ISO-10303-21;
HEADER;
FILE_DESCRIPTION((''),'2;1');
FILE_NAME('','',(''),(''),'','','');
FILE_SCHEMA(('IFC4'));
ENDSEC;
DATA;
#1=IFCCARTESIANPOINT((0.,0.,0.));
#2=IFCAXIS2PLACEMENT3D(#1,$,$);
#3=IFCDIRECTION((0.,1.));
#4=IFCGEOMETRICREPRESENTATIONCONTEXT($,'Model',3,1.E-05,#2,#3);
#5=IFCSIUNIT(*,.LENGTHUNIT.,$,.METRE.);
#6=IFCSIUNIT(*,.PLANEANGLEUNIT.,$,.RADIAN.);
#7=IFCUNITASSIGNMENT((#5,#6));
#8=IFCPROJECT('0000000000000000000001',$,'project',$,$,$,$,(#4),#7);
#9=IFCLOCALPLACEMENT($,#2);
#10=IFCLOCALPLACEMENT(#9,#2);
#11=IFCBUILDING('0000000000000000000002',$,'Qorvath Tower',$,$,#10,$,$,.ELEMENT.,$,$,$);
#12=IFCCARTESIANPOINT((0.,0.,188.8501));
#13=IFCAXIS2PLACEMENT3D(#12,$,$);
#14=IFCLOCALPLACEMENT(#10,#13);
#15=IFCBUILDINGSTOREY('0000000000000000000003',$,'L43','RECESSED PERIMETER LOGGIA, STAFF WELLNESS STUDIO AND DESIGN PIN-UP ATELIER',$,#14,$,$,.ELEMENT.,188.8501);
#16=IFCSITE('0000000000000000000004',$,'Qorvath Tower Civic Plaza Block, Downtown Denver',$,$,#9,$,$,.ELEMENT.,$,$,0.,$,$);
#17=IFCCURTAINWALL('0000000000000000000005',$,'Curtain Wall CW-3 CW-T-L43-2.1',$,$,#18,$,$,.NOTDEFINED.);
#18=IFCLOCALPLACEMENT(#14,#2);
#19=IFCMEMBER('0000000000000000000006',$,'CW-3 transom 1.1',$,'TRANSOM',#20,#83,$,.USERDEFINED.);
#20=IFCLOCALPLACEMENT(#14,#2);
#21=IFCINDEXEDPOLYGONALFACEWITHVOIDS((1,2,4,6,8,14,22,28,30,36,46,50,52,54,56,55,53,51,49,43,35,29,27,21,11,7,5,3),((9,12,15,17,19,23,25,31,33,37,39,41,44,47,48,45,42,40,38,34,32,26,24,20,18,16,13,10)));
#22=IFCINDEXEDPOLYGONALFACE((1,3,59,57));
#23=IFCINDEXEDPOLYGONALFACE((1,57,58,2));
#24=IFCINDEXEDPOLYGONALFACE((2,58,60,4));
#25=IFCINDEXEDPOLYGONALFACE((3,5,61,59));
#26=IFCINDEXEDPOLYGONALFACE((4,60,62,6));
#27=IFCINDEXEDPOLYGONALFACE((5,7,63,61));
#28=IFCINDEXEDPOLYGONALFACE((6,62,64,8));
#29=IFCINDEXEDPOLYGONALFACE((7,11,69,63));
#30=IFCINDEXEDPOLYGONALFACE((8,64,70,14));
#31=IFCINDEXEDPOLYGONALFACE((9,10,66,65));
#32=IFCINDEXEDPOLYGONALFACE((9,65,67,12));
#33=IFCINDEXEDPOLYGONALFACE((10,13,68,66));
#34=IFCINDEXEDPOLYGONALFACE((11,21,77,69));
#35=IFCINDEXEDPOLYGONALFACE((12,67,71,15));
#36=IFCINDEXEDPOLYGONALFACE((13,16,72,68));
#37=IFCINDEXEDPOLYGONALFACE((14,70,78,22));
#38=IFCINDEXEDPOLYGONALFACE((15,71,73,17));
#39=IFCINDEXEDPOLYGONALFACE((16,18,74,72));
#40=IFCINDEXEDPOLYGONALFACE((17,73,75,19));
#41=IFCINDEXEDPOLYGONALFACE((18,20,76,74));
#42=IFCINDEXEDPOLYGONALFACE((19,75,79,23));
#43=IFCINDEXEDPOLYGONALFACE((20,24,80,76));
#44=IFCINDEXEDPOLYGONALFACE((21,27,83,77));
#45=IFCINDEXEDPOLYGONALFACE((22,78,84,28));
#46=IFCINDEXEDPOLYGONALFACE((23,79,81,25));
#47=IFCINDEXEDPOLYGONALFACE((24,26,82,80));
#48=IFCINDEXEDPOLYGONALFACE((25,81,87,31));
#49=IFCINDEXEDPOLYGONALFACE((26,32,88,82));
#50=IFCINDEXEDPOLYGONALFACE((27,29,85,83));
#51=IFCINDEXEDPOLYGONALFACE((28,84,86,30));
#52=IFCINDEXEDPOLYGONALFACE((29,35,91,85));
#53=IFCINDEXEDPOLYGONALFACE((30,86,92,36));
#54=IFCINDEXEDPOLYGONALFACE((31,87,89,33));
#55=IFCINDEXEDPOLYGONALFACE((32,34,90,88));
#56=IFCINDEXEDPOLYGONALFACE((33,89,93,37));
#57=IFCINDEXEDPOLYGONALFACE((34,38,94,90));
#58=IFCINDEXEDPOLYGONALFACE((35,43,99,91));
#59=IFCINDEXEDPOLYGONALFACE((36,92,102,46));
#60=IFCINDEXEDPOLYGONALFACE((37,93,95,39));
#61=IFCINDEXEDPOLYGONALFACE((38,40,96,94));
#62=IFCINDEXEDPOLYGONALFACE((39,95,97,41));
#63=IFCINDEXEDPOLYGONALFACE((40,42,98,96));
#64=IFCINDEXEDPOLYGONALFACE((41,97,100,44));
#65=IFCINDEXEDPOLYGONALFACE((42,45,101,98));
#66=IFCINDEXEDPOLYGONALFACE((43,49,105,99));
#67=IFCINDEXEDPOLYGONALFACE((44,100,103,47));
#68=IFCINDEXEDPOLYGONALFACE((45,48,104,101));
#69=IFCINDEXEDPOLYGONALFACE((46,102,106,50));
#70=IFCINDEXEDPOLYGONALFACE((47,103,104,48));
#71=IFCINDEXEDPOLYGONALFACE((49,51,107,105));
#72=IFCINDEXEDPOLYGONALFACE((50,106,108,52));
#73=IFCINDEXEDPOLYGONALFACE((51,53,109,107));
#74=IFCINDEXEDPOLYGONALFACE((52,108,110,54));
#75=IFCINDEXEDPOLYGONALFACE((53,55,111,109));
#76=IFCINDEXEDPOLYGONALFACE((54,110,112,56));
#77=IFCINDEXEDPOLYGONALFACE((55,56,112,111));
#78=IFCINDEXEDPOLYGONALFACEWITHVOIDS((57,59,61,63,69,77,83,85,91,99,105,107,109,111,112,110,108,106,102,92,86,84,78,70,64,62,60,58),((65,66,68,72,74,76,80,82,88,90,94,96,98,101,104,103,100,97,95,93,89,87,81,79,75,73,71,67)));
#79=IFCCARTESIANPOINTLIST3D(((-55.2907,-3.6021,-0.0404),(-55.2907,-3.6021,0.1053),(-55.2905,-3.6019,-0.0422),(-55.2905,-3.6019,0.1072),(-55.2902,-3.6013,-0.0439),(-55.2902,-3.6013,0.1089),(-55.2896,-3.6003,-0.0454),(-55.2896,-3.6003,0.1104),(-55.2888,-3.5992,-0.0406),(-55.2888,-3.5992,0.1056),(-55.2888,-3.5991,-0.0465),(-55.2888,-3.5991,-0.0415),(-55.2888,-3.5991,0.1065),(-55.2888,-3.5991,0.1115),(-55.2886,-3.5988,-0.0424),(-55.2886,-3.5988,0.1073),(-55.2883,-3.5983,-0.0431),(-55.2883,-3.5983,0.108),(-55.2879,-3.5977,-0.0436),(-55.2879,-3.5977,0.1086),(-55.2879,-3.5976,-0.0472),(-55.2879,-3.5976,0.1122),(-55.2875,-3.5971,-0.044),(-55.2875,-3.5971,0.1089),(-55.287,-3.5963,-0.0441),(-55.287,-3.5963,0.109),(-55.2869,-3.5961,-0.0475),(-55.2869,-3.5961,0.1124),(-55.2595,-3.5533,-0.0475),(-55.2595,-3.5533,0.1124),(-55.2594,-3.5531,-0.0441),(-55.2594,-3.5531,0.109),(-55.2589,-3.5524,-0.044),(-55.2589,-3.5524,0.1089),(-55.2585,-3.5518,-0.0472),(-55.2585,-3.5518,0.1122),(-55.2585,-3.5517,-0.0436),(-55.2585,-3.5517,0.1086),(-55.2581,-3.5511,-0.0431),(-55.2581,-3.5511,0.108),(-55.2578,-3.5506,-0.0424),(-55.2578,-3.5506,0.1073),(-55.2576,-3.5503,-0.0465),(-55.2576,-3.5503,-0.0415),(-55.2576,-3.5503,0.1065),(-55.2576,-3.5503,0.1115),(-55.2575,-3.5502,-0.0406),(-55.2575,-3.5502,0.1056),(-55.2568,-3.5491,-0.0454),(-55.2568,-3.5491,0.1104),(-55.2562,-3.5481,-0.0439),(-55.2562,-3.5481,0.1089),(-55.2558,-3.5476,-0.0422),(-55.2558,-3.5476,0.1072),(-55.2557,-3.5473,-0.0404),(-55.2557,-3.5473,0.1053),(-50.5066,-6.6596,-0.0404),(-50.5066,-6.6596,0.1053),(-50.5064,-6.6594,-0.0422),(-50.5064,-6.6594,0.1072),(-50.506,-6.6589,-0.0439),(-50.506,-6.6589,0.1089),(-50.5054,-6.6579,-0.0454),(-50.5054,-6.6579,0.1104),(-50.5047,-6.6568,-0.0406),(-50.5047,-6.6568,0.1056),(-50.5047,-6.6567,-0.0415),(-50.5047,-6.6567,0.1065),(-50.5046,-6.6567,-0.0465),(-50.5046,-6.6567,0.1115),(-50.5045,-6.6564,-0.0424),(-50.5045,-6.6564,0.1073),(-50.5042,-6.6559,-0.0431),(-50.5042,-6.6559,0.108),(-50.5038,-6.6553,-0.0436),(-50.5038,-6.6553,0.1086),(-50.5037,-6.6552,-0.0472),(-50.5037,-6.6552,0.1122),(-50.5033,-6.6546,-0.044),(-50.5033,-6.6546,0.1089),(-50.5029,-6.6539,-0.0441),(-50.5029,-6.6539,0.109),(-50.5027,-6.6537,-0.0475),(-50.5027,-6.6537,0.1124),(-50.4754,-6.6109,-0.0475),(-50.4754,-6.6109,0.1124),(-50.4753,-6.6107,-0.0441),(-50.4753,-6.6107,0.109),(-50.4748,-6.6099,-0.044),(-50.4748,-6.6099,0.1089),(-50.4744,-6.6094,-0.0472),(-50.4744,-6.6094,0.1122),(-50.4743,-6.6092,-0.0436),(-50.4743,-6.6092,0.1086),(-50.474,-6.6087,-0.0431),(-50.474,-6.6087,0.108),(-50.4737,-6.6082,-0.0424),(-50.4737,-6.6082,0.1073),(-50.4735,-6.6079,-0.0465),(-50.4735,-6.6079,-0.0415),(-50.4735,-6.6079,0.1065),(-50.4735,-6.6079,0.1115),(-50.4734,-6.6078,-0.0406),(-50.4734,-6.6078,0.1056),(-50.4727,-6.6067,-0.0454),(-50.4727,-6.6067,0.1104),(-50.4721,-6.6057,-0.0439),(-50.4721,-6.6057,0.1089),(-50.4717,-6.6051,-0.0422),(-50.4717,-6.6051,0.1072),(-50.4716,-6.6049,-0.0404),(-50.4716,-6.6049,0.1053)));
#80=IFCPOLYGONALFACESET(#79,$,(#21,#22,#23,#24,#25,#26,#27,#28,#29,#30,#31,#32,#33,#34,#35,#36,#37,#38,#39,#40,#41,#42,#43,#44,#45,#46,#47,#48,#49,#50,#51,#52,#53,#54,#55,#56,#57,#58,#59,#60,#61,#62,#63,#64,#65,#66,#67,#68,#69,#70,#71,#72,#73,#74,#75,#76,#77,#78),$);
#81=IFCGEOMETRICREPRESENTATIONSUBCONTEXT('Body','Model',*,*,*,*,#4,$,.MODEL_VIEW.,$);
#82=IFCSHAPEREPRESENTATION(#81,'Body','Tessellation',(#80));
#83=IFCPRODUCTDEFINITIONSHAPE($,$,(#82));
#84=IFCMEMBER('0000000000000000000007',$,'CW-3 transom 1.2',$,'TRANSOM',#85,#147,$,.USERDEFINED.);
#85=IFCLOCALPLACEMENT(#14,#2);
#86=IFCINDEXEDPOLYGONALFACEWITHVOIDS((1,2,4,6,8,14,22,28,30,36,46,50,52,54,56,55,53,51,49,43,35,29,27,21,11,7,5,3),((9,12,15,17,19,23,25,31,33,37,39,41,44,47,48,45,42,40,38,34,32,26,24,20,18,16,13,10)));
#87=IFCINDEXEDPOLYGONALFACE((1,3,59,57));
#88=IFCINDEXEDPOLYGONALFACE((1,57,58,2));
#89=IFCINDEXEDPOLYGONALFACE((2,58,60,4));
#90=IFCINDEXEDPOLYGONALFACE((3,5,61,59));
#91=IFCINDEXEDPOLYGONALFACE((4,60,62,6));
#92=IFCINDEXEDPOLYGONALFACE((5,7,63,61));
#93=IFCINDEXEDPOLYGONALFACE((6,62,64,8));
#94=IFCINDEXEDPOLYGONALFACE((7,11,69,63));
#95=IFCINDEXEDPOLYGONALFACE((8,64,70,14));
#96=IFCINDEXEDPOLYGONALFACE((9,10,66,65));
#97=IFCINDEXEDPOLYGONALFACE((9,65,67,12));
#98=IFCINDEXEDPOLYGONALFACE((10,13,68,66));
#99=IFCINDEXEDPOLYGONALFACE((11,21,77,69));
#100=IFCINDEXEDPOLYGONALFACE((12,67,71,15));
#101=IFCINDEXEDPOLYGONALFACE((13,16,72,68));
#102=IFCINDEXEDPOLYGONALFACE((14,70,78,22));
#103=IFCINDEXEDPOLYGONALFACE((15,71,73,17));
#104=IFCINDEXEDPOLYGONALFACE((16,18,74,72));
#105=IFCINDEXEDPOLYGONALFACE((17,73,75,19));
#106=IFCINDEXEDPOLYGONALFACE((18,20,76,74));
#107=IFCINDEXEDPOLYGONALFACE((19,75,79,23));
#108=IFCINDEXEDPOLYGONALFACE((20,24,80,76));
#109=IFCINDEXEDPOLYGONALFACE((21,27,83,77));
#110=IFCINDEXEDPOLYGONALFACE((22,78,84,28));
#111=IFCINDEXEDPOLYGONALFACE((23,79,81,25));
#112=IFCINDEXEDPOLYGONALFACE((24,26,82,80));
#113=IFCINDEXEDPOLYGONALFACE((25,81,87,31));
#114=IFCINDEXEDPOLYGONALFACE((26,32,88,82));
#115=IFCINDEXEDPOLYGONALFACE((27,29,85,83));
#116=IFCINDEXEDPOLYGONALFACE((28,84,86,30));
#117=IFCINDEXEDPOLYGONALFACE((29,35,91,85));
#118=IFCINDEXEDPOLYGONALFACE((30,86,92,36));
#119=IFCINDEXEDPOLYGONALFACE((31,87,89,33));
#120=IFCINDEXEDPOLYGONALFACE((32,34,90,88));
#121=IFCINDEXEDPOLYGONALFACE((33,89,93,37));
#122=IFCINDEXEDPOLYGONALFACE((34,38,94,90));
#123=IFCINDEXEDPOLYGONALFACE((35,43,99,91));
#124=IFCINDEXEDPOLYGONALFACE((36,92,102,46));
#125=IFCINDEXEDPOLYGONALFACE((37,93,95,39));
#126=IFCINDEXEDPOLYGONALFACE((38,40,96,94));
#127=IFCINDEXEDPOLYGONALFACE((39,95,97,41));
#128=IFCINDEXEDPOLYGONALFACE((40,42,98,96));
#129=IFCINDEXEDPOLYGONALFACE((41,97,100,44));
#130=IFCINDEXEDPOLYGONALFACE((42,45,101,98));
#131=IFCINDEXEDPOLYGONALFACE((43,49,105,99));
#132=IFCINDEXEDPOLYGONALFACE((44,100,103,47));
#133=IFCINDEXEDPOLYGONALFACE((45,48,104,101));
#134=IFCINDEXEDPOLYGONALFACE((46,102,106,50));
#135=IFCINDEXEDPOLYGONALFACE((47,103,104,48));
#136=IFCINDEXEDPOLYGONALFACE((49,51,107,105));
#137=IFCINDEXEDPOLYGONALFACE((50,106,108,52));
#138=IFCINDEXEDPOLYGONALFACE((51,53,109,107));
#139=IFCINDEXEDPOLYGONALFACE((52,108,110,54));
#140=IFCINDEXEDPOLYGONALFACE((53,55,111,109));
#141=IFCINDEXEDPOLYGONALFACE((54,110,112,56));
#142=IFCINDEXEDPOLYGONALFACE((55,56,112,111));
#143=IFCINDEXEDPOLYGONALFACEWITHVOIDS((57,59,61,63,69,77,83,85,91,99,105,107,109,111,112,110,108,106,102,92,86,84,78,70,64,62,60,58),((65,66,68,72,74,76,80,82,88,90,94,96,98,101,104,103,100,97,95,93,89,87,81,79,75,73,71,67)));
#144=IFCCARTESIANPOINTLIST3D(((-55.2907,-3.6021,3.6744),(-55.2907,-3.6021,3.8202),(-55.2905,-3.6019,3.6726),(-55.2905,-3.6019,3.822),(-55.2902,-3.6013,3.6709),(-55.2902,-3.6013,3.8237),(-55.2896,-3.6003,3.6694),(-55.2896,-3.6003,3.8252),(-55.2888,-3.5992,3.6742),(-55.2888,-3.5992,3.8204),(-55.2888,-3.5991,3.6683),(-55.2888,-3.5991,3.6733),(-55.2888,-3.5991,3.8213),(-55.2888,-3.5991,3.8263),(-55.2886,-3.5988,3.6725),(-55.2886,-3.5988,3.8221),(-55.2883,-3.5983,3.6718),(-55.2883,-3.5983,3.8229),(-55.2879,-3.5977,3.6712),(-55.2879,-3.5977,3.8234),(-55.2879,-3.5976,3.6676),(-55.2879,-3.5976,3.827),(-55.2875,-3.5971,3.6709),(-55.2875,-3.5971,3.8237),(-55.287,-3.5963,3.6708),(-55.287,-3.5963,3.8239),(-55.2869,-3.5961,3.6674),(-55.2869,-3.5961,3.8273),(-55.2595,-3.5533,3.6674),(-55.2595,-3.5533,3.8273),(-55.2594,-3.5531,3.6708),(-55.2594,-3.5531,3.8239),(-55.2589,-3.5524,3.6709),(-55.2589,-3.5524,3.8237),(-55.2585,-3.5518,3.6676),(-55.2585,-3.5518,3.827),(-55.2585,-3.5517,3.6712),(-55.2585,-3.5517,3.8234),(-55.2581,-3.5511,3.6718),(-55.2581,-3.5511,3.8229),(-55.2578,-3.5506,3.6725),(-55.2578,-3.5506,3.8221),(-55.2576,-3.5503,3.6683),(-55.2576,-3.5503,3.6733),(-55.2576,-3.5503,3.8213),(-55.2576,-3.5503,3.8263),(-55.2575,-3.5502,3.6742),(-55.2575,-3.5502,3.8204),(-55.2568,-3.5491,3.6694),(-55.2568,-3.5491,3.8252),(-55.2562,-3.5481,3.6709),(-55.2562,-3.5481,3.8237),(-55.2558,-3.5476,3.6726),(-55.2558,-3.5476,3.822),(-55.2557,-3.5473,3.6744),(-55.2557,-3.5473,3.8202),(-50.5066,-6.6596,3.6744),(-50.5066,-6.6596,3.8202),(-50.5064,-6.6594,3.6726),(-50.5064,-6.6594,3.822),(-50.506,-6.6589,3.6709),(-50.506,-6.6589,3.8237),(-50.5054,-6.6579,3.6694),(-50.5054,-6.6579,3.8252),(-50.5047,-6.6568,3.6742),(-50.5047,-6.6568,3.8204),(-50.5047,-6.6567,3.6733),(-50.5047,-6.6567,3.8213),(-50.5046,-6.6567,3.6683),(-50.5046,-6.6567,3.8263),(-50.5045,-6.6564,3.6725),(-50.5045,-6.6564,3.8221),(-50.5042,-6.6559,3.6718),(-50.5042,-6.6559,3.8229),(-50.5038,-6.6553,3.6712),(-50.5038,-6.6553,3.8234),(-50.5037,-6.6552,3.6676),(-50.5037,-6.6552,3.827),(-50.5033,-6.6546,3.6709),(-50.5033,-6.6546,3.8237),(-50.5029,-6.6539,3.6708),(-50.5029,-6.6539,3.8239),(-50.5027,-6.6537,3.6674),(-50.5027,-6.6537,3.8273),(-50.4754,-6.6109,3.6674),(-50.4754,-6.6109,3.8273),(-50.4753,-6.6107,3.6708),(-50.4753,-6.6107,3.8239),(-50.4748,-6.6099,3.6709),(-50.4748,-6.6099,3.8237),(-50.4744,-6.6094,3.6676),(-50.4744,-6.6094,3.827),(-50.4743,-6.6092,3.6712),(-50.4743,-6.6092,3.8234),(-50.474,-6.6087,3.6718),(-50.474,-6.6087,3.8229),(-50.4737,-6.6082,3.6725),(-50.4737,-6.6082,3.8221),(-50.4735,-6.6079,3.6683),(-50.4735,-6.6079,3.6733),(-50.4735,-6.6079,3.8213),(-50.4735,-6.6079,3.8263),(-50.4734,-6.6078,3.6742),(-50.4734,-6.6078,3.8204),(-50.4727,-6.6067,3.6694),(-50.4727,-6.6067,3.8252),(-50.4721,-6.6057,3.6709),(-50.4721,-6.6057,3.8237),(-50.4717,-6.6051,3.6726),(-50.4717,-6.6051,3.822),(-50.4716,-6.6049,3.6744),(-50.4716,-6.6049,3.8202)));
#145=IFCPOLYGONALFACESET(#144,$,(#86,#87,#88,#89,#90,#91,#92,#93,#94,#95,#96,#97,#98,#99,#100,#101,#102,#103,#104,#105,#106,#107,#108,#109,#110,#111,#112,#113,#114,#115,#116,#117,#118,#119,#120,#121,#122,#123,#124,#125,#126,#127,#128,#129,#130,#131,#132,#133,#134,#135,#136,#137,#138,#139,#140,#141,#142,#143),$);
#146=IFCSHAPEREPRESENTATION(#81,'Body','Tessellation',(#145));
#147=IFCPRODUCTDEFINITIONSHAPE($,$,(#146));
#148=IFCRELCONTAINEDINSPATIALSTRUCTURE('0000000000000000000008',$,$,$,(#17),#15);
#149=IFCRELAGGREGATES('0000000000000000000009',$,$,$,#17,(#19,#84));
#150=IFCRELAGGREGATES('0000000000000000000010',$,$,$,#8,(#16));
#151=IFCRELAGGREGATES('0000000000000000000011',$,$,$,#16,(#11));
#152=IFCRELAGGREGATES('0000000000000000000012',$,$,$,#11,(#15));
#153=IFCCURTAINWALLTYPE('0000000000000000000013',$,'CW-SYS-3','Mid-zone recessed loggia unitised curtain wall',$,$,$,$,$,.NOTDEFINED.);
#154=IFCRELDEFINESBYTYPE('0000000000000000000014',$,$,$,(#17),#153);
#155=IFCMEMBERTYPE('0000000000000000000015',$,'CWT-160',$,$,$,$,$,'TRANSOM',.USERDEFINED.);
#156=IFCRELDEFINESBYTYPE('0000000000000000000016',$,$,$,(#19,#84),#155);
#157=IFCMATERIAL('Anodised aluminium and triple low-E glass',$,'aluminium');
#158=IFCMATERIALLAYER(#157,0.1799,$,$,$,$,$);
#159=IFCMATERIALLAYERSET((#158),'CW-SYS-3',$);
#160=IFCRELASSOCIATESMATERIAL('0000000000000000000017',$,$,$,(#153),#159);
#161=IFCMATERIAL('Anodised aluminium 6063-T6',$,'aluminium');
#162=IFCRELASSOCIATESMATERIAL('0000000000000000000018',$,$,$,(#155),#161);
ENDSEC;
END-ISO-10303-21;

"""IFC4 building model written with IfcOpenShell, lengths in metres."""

from ifc_helpers import new_model, si_unit, direction, frame, origin, origin_2d, place, context, subcontext, project, spatial, hollow_rectangle, extrude, material, layer, layer_set, material_profile, profile_set, type_object, element, aggregate, save


model = new_model("IFC4")

# Units and contexts
model_context = context("Model", 3, precision=1e-05, world=origin(), true_north=direction((0.0, 1.0)))
body_context = subcontext(model_context, "Body", "Model", "MODEL_VIEW")
ifc_project = project(units=[si_unit("LENGTHUNIT", "METRE"), si_unit("PLANEANGLEUNIT", "RADIAN")], contexts=[model_context])

# Site, building, storey
site_placement = place(None, origin())
site = spatial("IfcSite", under=ifc_project, at=site_placement, Name="Qorvath Tower Civic Plaza Block, Downtown Denver", CompositionType="ELEMENT", RefElevation=0.0)
building_placement = place(site_placement, origin())
building = spatial("IfcBuilding", under=site, at=building_placement, Name="Qorvath Tower", CompositionType="ELEMENT")
storey_placement = place(building_placement, frame((0.0, 0.0, 188.8501)))
storey = spatial("IfcBuildingStorey", under=building, at=storey_placement, Name="L43", Description="RECESSED PERIMETER LOGGIA, STAFF WELLNESS STUDIO AND DESIGN PIN-UP ATELIER", CompositionType="ELEMENT", Elevation=188.8501)

# Curtain wall, members
ifc_material_1 = material(Name="Anodised aluminium and triple low-E glass", Category="aluminium")
ifc_layer_1 = layer(ifc_material_1, 0.1799)
ifc_layer_set_1 = layer_set([ifc_layer_1], Name="CW-SYS-3")
curtain_wall_type = type_object("IfcCurtainWallType", Name="CW-SYS-3", Description="Mid-zone recessed loggia unitised curtain wall", PredefinedType="NOTDEFINED", material=ifc_layer_set_1)
curtain_wall_placement = place(storey_placement, origin())
curtain_wall = element("IfcCurtainWall", 1, at=curtain_wall_placement, inside=storey, type_object=curtain_wall_type, Name="Curtain Wall CW-3 CW-T-L43-2.1", PredefinedType="NOTDEFINED")
ifc_material_2 = material(Name="Anodised aluminium 6063-T6", Category="aluminium")
ifc_material_profile_1 = material_profile(ifc_material_2, hollow_rectangle(XDim=0.0649, YDim=0.1599, WallThickness=0.0034, InnerFilletRadius=0.0034, OuterFilletRadius=0.0071, at=origin_2d()), Name="CWT 160x65")
ifc_profile_set_1 = profile_set([ifc_material_profile_1], Name="Anodised aluminium 6063-T6")
member_type_1 = type_object("IfcMemberType", Name="CWT-160", ElementType="TRANSOM", PredefinedType="USERDEFINED", material=ifc_profile_set_1)
member_1_placement = place(storey_placement, frame((-55.2732, -3.5747, 0.0325), z_axis=(0.842612, -0.538522, 0.0), x_axis=(0.538522, 0.842612, 0.0)))
member_1 = element("IfcMember", 2, at=member_1_placement, type_object=member_type_1, Name="CW-3 transom 1.1", ObjectType="TRANSOM", PredefinedType="USERDEFINED", context=body_context, shape_type="SweptSolid", body=[
    extrude(hollow_rectangle(XDim=0.0649, YDim=0.1599, WallThickness=0.0034, InnerFilletRadius=0.0034, OuterFilletRadius=0.0071, at=origin_2d()), origin(), (0.0, 0.0, 1.0), 5.6777),
])
member_2_placement = place(storey_placement, frame((-55.2732, -3.5747, 3.7473), z_axis=(0.842612, -0.538522, 0.0), x_axis=(0.538522, 0.842612, 0.0)))
member_2 = element("IfcMember", 3, at=member_2_placement, type_object=member_type_1, Name="CW-3 transom 1.2", ObjectType="TRANSOM", PredefinedType="USERDEFINED", context=body_context, shape_type="SweptSolid", body=[
    extrude(hollow_rectangle(XDim=0.0649, YDim=0.1599, WallThickness=0.0034, InnerFilletRadius=0.0034, OuterFilletRadius=0.0071, at=origin_2d()), origin(), (0.0, 0.0, 1.0), 5.6777),
])
aggregate(curtain_wall, [member_1, member_2])

save(model, "model.ifc")
